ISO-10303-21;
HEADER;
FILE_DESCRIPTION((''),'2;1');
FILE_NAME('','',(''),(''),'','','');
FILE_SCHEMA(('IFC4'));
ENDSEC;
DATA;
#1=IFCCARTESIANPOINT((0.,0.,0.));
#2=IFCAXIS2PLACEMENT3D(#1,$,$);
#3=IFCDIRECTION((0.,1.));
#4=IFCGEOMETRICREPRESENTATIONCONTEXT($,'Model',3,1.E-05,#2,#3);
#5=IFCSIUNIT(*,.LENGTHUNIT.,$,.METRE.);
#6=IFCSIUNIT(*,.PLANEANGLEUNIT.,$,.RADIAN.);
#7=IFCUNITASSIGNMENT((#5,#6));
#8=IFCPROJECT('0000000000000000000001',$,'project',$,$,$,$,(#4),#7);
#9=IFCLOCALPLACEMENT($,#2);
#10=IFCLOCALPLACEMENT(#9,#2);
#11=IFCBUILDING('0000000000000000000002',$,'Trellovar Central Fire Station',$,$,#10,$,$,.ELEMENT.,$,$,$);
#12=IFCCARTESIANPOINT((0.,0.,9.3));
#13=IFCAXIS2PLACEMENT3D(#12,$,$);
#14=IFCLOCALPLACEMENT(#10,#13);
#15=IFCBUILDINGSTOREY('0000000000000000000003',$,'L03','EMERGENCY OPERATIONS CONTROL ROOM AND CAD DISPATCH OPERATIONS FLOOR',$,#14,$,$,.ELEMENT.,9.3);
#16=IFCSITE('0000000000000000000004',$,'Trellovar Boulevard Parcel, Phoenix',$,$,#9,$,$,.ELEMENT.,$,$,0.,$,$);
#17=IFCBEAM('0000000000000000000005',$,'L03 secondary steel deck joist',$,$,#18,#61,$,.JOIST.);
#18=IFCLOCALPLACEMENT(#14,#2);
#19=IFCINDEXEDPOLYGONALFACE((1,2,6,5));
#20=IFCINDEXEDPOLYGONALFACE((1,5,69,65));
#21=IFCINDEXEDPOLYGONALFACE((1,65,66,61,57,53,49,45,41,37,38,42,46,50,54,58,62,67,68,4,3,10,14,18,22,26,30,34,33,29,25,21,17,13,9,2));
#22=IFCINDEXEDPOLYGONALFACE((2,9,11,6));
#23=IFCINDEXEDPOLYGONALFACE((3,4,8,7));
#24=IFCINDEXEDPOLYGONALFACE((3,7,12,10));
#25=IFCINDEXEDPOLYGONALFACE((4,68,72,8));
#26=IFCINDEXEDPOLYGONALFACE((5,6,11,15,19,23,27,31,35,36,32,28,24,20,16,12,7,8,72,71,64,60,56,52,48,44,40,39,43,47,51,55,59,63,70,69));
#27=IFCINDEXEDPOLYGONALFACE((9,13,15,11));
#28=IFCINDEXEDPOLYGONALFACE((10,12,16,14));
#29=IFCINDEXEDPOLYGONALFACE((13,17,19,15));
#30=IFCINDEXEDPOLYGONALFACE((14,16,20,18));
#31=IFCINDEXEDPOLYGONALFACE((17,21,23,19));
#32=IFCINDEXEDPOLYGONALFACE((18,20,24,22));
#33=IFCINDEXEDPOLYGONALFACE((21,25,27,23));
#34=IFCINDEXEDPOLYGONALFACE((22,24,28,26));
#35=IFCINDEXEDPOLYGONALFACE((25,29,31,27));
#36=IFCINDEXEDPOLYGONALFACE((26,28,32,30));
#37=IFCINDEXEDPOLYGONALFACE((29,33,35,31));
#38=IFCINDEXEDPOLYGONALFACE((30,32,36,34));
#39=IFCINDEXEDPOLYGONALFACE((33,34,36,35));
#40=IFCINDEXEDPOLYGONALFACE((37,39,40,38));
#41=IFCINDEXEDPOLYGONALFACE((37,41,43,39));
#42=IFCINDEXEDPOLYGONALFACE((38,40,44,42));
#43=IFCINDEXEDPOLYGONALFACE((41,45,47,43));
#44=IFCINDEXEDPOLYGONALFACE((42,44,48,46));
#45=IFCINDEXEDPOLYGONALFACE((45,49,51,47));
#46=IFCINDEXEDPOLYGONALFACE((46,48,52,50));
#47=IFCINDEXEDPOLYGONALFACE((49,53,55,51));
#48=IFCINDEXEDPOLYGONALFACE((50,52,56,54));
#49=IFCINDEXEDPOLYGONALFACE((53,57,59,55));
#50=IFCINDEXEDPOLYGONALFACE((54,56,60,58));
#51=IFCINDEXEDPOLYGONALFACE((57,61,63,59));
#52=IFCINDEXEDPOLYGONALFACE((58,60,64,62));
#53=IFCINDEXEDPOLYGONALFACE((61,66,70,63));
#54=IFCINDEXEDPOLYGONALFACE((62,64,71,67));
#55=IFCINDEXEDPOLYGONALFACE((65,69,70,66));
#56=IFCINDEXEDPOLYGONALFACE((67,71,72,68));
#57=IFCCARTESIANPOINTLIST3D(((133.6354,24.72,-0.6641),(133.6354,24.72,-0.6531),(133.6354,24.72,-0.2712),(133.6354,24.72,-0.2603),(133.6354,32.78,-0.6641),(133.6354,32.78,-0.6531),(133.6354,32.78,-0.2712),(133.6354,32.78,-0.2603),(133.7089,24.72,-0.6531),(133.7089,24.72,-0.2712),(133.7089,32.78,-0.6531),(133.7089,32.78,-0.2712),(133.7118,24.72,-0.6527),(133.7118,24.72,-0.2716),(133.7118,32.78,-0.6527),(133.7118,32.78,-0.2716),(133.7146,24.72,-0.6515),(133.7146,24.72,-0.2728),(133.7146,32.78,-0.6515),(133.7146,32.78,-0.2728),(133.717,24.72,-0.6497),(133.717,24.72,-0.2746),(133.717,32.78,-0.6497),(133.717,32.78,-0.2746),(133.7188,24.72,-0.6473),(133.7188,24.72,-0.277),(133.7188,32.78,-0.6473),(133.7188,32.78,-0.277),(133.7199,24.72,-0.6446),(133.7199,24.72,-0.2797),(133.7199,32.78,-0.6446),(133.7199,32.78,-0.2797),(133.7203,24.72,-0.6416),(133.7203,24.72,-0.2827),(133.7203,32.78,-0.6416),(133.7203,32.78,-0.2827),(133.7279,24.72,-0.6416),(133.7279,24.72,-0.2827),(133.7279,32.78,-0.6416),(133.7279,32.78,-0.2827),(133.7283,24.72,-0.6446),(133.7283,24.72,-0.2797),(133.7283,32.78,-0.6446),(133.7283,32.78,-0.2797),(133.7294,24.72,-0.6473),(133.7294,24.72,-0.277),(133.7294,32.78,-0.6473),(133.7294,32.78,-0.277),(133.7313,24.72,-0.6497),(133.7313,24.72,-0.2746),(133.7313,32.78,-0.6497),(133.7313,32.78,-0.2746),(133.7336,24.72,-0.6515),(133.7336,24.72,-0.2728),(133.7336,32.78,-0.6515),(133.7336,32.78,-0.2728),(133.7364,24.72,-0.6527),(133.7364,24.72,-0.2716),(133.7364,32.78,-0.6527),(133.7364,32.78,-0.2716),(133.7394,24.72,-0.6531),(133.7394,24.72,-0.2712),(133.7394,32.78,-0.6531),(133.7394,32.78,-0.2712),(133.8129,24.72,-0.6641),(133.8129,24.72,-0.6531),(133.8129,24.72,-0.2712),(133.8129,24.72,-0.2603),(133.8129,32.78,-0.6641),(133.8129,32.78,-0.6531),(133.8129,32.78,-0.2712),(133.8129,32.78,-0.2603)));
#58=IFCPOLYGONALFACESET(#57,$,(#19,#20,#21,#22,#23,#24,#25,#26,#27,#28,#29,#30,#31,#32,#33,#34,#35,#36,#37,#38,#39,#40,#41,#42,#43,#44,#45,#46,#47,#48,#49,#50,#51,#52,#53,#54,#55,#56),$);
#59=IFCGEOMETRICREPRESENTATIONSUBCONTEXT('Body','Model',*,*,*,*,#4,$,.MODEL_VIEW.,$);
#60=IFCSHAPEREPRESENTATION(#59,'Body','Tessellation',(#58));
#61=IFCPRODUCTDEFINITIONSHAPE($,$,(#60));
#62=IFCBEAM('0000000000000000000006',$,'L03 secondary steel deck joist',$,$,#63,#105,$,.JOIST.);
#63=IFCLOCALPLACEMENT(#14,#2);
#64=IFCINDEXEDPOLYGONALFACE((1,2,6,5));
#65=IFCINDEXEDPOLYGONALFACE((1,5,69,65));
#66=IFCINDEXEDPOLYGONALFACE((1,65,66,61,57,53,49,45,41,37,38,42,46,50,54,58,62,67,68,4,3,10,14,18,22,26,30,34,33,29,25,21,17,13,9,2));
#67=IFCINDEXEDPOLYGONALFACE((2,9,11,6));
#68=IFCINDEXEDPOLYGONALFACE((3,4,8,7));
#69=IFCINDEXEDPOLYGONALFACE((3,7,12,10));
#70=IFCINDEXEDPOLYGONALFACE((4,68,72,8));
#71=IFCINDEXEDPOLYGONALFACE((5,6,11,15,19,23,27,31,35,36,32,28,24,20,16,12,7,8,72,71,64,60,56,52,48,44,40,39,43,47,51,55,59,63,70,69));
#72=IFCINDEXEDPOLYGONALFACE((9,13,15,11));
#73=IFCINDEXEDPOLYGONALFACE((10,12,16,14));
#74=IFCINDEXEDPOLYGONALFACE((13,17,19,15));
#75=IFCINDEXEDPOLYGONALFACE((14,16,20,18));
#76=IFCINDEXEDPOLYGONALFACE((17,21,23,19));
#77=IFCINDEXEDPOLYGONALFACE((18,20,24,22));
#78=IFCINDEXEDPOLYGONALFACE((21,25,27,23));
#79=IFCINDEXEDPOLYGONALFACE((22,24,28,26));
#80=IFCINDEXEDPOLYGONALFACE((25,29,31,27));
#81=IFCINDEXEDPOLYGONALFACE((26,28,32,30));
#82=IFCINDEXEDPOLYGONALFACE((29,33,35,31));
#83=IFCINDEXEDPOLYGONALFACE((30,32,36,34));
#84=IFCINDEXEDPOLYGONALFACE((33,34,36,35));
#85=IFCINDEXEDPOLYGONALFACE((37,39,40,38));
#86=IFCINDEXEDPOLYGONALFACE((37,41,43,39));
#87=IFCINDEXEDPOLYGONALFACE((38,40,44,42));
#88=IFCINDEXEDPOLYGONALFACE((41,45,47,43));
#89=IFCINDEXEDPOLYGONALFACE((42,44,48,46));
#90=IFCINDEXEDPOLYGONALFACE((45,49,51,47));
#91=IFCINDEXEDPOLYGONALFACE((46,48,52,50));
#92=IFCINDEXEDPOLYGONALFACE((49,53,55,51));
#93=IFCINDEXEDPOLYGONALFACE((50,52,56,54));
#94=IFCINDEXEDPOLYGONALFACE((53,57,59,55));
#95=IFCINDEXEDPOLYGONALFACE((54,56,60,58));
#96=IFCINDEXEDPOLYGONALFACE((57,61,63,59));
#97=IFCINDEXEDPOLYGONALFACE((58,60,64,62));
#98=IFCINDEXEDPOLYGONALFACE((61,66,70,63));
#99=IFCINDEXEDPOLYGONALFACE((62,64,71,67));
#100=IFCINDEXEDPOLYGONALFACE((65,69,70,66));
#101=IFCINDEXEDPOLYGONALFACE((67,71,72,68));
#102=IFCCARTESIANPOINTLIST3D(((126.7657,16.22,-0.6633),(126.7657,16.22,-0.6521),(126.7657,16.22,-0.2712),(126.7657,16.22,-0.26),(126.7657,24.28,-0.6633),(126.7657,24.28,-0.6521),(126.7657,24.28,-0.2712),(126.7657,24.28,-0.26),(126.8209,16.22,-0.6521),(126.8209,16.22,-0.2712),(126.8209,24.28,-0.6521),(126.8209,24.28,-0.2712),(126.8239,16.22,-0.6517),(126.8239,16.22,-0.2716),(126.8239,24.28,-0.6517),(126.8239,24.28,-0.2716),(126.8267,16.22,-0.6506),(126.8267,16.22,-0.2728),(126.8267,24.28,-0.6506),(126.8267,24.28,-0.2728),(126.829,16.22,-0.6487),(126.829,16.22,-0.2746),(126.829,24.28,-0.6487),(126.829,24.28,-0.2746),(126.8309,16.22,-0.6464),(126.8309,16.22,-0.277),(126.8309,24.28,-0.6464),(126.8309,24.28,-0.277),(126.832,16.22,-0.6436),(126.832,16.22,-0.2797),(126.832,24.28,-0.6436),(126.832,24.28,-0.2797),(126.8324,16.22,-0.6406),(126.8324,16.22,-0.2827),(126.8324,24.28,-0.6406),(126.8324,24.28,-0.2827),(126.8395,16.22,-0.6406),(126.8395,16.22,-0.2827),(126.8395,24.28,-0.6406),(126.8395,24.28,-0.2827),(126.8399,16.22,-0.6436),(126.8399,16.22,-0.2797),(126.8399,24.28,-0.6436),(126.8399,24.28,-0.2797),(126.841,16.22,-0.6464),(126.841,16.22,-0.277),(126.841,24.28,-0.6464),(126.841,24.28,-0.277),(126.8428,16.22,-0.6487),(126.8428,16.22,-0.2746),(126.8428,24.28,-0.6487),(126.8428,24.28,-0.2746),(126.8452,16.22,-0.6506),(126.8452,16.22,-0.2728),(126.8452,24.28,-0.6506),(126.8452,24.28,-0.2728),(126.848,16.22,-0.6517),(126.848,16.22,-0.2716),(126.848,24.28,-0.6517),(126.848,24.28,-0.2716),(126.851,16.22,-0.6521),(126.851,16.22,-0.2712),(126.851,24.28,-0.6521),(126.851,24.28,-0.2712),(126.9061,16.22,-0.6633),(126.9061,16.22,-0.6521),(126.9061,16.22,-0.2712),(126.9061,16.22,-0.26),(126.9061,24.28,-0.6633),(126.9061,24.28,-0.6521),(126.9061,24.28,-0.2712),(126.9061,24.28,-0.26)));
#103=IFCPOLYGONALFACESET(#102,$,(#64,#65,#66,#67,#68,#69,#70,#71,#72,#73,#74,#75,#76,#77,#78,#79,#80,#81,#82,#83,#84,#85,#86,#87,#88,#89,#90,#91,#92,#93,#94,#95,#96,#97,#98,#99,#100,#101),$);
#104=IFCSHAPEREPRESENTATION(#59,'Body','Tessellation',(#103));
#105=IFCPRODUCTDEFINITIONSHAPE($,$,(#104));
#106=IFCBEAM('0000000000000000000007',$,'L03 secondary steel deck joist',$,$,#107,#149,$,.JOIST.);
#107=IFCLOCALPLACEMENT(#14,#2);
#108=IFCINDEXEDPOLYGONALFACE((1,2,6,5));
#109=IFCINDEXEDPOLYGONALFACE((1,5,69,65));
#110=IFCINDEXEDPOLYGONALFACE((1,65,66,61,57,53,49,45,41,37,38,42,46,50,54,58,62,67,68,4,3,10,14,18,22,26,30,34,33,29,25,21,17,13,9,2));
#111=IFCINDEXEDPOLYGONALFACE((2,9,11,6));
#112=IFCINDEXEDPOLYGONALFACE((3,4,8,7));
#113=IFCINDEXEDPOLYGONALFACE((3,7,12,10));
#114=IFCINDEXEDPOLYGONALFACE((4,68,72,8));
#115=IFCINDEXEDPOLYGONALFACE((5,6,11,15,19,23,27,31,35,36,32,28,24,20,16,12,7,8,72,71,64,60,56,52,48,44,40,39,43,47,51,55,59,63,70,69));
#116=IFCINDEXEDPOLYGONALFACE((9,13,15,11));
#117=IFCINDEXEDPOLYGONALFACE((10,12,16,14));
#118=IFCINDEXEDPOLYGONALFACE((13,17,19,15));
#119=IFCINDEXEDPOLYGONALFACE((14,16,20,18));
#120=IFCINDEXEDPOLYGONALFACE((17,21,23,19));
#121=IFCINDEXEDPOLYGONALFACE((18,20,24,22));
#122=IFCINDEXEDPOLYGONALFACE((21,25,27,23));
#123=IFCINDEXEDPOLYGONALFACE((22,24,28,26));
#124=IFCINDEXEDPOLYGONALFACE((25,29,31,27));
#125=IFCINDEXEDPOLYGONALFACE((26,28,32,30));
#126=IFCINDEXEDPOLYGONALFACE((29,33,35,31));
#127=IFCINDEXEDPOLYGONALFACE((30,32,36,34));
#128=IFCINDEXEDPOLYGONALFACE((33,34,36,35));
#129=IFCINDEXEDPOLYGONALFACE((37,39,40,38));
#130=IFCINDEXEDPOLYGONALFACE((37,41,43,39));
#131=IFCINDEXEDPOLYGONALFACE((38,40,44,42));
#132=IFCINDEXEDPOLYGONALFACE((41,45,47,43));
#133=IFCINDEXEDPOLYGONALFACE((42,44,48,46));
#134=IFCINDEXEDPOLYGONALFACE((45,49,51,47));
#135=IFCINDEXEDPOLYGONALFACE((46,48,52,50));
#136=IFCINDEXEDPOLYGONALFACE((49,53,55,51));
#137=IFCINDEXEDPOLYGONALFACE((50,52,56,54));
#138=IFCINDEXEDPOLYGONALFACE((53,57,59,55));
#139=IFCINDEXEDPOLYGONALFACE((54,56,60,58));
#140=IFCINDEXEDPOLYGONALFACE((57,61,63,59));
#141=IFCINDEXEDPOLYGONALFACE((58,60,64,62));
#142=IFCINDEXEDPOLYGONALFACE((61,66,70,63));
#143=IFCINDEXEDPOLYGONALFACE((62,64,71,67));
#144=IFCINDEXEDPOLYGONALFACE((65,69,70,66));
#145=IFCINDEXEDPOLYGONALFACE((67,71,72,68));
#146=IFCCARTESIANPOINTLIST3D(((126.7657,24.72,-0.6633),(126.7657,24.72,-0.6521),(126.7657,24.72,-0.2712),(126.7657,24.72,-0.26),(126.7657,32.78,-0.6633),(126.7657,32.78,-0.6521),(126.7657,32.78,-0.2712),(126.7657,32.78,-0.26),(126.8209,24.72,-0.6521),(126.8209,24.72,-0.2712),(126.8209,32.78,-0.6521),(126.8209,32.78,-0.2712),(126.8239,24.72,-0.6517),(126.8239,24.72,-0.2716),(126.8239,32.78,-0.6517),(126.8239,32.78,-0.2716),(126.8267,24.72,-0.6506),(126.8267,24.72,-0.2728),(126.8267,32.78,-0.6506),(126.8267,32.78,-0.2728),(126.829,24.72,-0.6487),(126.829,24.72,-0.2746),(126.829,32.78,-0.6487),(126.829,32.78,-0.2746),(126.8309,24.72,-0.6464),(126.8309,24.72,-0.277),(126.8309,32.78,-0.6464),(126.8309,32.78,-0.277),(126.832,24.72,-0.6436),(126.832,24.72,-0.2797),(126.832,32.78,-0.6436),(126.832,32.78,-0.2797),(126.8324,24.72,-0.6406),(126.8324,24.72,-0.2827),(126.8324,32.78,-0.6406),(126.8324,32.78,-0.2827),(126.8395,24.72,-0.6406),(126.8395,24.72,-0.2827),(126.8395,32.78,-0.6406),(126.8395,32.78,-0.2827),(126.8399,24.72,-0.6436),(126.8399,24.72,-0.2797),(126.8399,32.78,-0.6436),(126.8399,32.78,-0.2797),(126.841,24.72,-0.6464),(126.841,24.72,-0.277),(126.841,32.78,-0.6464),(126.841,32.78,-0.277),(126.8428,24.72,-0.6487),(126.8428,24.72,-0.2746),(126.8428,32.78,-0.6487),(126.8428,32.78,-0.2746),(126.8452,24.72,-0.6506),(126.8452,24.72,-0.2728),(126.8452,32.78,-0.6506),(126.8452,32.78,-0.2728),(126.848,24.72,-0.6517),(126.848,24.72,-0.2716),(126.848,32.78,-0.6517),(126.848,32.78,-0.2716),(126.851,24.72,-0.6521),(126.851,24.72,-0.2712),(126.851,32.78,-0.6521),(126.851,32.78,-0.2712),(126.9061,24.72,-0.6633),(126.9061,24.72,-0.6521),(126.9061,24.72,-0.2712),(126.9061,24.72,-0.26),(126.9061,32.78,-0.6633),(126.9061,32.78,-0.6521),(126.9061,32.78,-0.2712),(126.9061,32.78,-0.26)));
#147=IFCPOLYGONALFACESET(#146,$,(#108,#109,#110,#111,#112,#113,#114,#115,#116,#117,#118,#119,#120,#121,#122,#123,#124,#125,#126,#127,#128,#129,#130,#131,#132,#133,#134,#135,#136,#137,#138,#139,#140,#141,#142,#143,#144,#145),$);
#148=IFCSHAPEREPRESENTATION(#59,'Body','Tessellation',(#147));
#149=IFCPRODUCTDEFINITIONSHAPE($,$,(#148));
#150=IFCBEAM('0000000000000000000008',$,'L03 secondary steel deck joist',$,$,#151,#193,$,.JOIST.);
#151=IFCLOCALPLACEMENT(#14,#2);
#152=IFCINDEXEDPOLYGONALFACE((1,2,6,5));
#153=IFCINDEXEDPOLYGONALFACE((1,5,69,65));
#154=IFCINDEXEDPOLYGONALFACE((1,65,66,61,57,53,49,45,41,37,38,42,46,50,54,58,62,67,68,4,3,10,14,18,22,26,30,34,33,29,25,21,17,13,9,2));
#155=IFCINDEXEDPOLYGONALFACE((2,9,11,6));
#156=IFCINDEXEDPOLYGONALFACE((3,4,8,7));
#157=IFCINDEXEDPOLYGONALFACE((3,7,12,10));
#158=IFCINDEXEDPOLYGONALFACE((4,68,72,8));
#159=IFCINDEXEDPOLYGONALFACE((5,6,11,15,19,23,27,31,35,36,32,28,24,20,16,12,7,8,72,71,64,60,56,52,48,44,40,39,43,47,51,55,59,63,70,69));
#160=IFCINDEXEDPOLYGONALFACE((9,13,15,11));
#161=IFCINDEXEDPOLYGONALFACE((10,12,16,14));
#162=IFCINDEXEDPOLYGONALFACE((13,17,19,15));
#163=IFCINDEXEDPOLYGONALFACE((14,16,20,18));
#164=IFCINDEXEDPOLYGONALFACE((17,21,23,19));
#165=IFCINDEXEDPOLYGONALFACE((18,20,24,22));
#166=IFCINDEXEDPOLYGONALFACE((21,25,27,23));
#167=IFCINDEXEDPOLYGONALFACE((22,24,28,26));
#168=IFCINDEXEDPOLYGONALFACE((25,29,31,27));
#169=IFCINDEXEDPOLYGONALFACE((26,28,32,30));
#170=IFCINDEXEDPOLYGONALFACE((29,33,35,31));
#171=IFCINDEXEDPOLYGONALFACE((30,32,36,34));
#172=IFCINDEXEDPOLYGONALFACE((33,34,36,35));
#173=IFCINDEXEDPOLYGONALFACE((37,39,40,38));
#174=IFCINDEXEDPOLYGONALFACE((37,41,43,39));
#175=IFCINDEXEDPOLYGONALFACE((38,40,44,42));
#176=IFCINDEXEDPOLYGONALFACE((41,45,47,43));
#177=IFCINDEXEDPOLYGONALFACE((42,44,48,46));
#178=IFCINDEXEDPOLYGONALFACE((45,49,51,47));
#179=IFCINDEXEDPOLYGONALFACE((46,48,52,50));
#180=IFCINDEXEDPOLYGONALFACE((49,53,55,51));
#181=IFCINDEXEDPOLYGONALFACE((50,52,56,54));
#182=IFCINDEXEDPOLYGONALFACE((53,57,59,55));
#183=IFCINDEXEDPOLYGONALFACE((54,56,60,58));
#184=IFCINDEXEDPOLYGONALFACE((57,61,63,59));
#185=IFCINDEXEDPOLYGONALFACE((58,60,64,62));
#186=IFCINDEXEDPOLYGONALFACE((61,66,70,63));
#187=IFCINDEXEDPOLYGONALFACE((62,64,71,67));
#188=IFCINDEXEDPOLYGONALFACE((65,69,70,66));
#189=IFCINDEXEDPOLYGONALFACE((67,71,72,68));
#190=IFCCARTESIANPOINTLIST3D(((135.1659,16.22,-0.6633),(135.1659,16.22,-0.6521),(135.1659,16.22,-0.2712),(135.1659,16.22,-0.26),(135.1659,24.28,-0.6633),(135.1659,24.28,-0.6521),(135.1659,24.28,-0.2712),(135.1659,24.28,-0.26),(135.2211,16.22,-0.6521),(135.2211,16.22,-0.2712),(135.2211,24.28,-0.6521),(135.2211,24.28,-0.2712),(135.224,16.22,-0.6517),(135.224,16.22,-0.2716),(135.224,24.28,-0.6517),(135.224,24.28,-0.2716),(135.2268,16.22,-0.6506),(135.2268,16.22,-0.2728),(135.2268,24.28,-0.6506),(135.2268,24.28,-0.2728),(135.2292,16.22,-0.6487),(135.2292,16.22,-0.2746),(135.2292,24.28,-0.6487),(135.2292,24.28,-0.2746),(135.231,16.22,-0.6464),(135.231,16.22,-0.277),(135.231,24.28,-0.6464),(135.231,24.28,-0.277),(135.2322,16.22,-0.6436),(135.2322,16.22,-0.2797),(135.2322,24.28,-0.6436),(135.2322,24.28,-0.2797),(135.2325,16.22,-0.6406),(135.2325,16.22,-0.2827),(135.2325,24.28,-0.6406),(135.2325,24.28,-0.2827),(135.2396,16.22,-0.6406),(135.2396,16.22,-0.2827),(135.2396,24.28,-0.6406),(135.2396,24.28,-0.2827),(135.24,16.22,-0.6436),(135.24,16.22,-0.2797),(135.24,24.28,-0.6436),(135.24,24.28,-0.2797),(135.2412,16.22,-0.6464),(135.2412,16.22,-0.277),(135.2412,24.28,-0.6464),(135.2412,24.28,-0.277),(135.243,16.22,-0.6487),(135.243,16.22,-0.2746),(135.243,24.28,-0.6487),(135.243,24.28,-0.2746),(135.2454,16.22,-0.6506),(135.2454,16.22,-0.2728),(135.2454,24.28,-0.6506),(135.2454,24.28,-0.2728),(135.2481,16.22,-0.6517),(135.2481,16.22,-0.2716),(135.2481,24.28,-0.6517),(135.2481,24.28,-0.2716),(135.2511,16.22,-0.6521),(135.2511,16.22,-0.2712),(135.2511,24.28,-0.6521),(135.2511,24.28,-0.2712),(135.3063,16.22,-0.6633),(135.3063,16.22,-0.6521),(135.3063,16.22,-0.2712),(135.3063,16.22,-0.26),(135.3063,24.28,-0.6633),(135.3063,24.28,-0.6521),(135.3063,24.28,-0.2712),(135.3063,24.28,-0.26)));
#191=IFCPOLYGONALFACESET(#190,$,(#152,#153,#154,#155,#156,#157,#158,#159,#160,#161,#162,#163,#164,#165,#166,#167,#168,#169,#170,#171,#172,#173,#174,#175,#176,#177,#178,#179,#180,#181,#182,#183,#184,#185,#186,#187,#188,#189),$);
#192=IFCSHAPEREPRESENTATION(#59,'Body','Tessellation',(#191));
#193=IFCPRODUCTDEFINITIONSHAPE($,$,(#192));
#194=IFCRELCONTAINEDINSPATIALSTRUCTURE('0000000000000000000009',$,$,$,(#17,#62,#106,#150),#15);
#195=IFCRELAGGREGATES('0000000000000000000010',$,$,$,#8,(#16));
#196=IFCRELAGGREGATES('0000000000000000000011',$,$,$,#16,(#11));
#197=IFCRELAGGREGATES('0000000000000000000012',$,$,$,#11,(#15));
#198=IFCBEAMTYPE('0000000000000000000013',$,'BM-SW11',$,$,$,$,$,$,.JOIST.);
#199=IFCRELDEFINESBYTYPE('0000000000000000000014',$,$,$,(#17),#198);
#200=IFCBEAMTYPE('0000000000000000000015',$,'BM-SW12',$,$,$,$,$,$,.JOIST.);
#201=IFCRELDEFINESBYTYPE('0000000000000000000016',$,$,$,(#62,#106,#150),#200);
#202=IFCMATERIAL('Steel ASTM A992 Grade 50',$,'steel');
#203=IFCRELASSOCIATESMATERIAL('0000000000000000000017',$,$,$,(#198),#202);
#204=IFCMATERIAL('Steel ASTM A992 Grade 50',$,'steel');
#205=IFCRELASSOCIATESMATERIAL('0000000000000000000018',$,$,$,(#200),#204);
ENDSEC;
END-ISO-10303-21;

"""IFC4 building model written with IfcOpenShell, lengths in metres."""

from ifc_helpers import new_model, si_unit, direction, frame, origin, origin_2d, place, context, subcontext, project, spatial, i_section, extrude, material, material_profile, profile_set, type_object, element, save


model = new_model("IFC4")

# Units and contexts
model_context = context("Model", 3, precision=1e-05, world=origin(), true_north=direction((0.0, 1.0)))
body_context = subcontext(model_context, "Body", "Model", "MODEL_VIEW")
ifc_project = project(units=[si_unit("LENGTHUNIT", "METRE"), si_unit("PLANEANGLEUNIT", "RADIAN")], contexts=[model_context])

# Site, building, storey
site_placement = place(None, origin())
site = spatial("IfcSite", under=ifc_project, at=site_placement, Name="Trellovar Boulevard Parcel, Phoenix", CompositionType="ELEMENT", RefElevation=0.0)
building_placement = place(site_placement, origin())
building = spatial("IfcBuilding", under=site, at=building_placement, Name="Trellovar Central Fire Station", CompositionType="ELEMENT")
storey_placement = place(building_placement, frame((0.0, 0.0, 9.3)))
storey = spatial("IfcBuildingStorey", under=building, at=storey_placement, Name="L03", Description="EMERGENCY OPERATIONS CONTROL ROOM AND CAD DISPATCH OPERATIONS FLOOR", CompositionType="ELEMENT", Elevation=9.3)

# Beams
ifc_material_1 = material(Name="Steel ASTM A992 Grade 50", Category="steel")
ifc_material_profile_1 = material_profile(ifc_material_1, i_section(OverallWidth=0.1775, OverallDepth=0.4038, WebThickness=0.0076, FlangeThickness=0.011, FilletRadius=0.0115, at=origin_2d()), Name="W16X36")
ifc_profile_set_1 = profile_set([ifc_material_profile_1], Name="Steel ASTM A992 Grade 50")
beam_type_1 = type_object("IfcBeamType", Name="BM-SW11", PredefinedType="JOIST", material=ifc_profile_set_1)
for number, where, z_axis, x_axis, name in (
    (1, (133.7241, 24.72, -0.4622), (0.0, 1.0, 0.0), (-1.0, 0.0, 0.0), "L03 secondary steel deck joist"),
):
    element("IfcBeam", number, at=place(storey_placement, frame(where, z_axis=z_axis, x_axis=x_axis)), inside=storey, type_object=beam_type_1, Name=name, PredefinedType="JOIST", context=body_context, shape_type="SweptSolid", body=[
        extrude(i_section(OverallWidth=0.1775, OverallDepth=0.4038, WebThickness=0.0076, FlangeThickness=0.011, FilletRadius=0.0115, at=origin_2d()), origin(), (0.0, 0.0, 1.0), 8.0601),
    ])
ifc_material_2 = material(Name="Steel ASTM A992 Grade 50", Category="steel")
ifc_material_profile_2 = material_profile(ifc_material_2, i_section(OverallWidth=0.1404, OverallDepth=0.4033, WebThickness=0.0071, FlangeThickness=0.0112, FilletRadius=0.0115, at=origin_2d()), Name="W16X31")
ifc_profile_set_2 = profile_set([ifc_material_profile_2], Name="Steel ASTM A992 Grade 50")
beam_type_2 = type_object("IfcBeamType", Name="BM-SW12", PredefinedType="JOIST", material=ifc_profile_set_2)
for number, where, z_axis, x_axis, name in (
    (2, (126.8359, 16.22, -0.4617), (0.0, 1.0, 0.0), (-1.0, 0.0, 0.0), "L03 secondary steel deck joist"),
    (3, (126.8359, 24.72, -0.4617), (0.0, 1.0, 0.0), (-1.0, 0.0, 0.0), "L03 secondary steel deck joist"),
    (4, (135.2361, 16.22, -0.4617), (0.0, 1.0, 0.0), (-1.0, 0.0, 0.0), "L03 secondary steel deck joist"),
):
    element("IfcBeam", number, at=place(storey_placement, frame(where, z_axis=z_axis, x_axis=x_axis)), inside=storey, type_object=beam_type_2, Name=name, PredefinedType="JOIST", context=body_context, shape_type="SweptSolid", body=[
        extrude(i_section(OverallWidth=0.1404, OverallDepth=0.4033, WebThickness=0.0071, FlangeThickness=0.0112, FilletRadius=0.0115, at=origin_2d()), origin(), (0.0, 0.0, 1.0), 8.0601),
    ])

save(model, "model.ifc")
